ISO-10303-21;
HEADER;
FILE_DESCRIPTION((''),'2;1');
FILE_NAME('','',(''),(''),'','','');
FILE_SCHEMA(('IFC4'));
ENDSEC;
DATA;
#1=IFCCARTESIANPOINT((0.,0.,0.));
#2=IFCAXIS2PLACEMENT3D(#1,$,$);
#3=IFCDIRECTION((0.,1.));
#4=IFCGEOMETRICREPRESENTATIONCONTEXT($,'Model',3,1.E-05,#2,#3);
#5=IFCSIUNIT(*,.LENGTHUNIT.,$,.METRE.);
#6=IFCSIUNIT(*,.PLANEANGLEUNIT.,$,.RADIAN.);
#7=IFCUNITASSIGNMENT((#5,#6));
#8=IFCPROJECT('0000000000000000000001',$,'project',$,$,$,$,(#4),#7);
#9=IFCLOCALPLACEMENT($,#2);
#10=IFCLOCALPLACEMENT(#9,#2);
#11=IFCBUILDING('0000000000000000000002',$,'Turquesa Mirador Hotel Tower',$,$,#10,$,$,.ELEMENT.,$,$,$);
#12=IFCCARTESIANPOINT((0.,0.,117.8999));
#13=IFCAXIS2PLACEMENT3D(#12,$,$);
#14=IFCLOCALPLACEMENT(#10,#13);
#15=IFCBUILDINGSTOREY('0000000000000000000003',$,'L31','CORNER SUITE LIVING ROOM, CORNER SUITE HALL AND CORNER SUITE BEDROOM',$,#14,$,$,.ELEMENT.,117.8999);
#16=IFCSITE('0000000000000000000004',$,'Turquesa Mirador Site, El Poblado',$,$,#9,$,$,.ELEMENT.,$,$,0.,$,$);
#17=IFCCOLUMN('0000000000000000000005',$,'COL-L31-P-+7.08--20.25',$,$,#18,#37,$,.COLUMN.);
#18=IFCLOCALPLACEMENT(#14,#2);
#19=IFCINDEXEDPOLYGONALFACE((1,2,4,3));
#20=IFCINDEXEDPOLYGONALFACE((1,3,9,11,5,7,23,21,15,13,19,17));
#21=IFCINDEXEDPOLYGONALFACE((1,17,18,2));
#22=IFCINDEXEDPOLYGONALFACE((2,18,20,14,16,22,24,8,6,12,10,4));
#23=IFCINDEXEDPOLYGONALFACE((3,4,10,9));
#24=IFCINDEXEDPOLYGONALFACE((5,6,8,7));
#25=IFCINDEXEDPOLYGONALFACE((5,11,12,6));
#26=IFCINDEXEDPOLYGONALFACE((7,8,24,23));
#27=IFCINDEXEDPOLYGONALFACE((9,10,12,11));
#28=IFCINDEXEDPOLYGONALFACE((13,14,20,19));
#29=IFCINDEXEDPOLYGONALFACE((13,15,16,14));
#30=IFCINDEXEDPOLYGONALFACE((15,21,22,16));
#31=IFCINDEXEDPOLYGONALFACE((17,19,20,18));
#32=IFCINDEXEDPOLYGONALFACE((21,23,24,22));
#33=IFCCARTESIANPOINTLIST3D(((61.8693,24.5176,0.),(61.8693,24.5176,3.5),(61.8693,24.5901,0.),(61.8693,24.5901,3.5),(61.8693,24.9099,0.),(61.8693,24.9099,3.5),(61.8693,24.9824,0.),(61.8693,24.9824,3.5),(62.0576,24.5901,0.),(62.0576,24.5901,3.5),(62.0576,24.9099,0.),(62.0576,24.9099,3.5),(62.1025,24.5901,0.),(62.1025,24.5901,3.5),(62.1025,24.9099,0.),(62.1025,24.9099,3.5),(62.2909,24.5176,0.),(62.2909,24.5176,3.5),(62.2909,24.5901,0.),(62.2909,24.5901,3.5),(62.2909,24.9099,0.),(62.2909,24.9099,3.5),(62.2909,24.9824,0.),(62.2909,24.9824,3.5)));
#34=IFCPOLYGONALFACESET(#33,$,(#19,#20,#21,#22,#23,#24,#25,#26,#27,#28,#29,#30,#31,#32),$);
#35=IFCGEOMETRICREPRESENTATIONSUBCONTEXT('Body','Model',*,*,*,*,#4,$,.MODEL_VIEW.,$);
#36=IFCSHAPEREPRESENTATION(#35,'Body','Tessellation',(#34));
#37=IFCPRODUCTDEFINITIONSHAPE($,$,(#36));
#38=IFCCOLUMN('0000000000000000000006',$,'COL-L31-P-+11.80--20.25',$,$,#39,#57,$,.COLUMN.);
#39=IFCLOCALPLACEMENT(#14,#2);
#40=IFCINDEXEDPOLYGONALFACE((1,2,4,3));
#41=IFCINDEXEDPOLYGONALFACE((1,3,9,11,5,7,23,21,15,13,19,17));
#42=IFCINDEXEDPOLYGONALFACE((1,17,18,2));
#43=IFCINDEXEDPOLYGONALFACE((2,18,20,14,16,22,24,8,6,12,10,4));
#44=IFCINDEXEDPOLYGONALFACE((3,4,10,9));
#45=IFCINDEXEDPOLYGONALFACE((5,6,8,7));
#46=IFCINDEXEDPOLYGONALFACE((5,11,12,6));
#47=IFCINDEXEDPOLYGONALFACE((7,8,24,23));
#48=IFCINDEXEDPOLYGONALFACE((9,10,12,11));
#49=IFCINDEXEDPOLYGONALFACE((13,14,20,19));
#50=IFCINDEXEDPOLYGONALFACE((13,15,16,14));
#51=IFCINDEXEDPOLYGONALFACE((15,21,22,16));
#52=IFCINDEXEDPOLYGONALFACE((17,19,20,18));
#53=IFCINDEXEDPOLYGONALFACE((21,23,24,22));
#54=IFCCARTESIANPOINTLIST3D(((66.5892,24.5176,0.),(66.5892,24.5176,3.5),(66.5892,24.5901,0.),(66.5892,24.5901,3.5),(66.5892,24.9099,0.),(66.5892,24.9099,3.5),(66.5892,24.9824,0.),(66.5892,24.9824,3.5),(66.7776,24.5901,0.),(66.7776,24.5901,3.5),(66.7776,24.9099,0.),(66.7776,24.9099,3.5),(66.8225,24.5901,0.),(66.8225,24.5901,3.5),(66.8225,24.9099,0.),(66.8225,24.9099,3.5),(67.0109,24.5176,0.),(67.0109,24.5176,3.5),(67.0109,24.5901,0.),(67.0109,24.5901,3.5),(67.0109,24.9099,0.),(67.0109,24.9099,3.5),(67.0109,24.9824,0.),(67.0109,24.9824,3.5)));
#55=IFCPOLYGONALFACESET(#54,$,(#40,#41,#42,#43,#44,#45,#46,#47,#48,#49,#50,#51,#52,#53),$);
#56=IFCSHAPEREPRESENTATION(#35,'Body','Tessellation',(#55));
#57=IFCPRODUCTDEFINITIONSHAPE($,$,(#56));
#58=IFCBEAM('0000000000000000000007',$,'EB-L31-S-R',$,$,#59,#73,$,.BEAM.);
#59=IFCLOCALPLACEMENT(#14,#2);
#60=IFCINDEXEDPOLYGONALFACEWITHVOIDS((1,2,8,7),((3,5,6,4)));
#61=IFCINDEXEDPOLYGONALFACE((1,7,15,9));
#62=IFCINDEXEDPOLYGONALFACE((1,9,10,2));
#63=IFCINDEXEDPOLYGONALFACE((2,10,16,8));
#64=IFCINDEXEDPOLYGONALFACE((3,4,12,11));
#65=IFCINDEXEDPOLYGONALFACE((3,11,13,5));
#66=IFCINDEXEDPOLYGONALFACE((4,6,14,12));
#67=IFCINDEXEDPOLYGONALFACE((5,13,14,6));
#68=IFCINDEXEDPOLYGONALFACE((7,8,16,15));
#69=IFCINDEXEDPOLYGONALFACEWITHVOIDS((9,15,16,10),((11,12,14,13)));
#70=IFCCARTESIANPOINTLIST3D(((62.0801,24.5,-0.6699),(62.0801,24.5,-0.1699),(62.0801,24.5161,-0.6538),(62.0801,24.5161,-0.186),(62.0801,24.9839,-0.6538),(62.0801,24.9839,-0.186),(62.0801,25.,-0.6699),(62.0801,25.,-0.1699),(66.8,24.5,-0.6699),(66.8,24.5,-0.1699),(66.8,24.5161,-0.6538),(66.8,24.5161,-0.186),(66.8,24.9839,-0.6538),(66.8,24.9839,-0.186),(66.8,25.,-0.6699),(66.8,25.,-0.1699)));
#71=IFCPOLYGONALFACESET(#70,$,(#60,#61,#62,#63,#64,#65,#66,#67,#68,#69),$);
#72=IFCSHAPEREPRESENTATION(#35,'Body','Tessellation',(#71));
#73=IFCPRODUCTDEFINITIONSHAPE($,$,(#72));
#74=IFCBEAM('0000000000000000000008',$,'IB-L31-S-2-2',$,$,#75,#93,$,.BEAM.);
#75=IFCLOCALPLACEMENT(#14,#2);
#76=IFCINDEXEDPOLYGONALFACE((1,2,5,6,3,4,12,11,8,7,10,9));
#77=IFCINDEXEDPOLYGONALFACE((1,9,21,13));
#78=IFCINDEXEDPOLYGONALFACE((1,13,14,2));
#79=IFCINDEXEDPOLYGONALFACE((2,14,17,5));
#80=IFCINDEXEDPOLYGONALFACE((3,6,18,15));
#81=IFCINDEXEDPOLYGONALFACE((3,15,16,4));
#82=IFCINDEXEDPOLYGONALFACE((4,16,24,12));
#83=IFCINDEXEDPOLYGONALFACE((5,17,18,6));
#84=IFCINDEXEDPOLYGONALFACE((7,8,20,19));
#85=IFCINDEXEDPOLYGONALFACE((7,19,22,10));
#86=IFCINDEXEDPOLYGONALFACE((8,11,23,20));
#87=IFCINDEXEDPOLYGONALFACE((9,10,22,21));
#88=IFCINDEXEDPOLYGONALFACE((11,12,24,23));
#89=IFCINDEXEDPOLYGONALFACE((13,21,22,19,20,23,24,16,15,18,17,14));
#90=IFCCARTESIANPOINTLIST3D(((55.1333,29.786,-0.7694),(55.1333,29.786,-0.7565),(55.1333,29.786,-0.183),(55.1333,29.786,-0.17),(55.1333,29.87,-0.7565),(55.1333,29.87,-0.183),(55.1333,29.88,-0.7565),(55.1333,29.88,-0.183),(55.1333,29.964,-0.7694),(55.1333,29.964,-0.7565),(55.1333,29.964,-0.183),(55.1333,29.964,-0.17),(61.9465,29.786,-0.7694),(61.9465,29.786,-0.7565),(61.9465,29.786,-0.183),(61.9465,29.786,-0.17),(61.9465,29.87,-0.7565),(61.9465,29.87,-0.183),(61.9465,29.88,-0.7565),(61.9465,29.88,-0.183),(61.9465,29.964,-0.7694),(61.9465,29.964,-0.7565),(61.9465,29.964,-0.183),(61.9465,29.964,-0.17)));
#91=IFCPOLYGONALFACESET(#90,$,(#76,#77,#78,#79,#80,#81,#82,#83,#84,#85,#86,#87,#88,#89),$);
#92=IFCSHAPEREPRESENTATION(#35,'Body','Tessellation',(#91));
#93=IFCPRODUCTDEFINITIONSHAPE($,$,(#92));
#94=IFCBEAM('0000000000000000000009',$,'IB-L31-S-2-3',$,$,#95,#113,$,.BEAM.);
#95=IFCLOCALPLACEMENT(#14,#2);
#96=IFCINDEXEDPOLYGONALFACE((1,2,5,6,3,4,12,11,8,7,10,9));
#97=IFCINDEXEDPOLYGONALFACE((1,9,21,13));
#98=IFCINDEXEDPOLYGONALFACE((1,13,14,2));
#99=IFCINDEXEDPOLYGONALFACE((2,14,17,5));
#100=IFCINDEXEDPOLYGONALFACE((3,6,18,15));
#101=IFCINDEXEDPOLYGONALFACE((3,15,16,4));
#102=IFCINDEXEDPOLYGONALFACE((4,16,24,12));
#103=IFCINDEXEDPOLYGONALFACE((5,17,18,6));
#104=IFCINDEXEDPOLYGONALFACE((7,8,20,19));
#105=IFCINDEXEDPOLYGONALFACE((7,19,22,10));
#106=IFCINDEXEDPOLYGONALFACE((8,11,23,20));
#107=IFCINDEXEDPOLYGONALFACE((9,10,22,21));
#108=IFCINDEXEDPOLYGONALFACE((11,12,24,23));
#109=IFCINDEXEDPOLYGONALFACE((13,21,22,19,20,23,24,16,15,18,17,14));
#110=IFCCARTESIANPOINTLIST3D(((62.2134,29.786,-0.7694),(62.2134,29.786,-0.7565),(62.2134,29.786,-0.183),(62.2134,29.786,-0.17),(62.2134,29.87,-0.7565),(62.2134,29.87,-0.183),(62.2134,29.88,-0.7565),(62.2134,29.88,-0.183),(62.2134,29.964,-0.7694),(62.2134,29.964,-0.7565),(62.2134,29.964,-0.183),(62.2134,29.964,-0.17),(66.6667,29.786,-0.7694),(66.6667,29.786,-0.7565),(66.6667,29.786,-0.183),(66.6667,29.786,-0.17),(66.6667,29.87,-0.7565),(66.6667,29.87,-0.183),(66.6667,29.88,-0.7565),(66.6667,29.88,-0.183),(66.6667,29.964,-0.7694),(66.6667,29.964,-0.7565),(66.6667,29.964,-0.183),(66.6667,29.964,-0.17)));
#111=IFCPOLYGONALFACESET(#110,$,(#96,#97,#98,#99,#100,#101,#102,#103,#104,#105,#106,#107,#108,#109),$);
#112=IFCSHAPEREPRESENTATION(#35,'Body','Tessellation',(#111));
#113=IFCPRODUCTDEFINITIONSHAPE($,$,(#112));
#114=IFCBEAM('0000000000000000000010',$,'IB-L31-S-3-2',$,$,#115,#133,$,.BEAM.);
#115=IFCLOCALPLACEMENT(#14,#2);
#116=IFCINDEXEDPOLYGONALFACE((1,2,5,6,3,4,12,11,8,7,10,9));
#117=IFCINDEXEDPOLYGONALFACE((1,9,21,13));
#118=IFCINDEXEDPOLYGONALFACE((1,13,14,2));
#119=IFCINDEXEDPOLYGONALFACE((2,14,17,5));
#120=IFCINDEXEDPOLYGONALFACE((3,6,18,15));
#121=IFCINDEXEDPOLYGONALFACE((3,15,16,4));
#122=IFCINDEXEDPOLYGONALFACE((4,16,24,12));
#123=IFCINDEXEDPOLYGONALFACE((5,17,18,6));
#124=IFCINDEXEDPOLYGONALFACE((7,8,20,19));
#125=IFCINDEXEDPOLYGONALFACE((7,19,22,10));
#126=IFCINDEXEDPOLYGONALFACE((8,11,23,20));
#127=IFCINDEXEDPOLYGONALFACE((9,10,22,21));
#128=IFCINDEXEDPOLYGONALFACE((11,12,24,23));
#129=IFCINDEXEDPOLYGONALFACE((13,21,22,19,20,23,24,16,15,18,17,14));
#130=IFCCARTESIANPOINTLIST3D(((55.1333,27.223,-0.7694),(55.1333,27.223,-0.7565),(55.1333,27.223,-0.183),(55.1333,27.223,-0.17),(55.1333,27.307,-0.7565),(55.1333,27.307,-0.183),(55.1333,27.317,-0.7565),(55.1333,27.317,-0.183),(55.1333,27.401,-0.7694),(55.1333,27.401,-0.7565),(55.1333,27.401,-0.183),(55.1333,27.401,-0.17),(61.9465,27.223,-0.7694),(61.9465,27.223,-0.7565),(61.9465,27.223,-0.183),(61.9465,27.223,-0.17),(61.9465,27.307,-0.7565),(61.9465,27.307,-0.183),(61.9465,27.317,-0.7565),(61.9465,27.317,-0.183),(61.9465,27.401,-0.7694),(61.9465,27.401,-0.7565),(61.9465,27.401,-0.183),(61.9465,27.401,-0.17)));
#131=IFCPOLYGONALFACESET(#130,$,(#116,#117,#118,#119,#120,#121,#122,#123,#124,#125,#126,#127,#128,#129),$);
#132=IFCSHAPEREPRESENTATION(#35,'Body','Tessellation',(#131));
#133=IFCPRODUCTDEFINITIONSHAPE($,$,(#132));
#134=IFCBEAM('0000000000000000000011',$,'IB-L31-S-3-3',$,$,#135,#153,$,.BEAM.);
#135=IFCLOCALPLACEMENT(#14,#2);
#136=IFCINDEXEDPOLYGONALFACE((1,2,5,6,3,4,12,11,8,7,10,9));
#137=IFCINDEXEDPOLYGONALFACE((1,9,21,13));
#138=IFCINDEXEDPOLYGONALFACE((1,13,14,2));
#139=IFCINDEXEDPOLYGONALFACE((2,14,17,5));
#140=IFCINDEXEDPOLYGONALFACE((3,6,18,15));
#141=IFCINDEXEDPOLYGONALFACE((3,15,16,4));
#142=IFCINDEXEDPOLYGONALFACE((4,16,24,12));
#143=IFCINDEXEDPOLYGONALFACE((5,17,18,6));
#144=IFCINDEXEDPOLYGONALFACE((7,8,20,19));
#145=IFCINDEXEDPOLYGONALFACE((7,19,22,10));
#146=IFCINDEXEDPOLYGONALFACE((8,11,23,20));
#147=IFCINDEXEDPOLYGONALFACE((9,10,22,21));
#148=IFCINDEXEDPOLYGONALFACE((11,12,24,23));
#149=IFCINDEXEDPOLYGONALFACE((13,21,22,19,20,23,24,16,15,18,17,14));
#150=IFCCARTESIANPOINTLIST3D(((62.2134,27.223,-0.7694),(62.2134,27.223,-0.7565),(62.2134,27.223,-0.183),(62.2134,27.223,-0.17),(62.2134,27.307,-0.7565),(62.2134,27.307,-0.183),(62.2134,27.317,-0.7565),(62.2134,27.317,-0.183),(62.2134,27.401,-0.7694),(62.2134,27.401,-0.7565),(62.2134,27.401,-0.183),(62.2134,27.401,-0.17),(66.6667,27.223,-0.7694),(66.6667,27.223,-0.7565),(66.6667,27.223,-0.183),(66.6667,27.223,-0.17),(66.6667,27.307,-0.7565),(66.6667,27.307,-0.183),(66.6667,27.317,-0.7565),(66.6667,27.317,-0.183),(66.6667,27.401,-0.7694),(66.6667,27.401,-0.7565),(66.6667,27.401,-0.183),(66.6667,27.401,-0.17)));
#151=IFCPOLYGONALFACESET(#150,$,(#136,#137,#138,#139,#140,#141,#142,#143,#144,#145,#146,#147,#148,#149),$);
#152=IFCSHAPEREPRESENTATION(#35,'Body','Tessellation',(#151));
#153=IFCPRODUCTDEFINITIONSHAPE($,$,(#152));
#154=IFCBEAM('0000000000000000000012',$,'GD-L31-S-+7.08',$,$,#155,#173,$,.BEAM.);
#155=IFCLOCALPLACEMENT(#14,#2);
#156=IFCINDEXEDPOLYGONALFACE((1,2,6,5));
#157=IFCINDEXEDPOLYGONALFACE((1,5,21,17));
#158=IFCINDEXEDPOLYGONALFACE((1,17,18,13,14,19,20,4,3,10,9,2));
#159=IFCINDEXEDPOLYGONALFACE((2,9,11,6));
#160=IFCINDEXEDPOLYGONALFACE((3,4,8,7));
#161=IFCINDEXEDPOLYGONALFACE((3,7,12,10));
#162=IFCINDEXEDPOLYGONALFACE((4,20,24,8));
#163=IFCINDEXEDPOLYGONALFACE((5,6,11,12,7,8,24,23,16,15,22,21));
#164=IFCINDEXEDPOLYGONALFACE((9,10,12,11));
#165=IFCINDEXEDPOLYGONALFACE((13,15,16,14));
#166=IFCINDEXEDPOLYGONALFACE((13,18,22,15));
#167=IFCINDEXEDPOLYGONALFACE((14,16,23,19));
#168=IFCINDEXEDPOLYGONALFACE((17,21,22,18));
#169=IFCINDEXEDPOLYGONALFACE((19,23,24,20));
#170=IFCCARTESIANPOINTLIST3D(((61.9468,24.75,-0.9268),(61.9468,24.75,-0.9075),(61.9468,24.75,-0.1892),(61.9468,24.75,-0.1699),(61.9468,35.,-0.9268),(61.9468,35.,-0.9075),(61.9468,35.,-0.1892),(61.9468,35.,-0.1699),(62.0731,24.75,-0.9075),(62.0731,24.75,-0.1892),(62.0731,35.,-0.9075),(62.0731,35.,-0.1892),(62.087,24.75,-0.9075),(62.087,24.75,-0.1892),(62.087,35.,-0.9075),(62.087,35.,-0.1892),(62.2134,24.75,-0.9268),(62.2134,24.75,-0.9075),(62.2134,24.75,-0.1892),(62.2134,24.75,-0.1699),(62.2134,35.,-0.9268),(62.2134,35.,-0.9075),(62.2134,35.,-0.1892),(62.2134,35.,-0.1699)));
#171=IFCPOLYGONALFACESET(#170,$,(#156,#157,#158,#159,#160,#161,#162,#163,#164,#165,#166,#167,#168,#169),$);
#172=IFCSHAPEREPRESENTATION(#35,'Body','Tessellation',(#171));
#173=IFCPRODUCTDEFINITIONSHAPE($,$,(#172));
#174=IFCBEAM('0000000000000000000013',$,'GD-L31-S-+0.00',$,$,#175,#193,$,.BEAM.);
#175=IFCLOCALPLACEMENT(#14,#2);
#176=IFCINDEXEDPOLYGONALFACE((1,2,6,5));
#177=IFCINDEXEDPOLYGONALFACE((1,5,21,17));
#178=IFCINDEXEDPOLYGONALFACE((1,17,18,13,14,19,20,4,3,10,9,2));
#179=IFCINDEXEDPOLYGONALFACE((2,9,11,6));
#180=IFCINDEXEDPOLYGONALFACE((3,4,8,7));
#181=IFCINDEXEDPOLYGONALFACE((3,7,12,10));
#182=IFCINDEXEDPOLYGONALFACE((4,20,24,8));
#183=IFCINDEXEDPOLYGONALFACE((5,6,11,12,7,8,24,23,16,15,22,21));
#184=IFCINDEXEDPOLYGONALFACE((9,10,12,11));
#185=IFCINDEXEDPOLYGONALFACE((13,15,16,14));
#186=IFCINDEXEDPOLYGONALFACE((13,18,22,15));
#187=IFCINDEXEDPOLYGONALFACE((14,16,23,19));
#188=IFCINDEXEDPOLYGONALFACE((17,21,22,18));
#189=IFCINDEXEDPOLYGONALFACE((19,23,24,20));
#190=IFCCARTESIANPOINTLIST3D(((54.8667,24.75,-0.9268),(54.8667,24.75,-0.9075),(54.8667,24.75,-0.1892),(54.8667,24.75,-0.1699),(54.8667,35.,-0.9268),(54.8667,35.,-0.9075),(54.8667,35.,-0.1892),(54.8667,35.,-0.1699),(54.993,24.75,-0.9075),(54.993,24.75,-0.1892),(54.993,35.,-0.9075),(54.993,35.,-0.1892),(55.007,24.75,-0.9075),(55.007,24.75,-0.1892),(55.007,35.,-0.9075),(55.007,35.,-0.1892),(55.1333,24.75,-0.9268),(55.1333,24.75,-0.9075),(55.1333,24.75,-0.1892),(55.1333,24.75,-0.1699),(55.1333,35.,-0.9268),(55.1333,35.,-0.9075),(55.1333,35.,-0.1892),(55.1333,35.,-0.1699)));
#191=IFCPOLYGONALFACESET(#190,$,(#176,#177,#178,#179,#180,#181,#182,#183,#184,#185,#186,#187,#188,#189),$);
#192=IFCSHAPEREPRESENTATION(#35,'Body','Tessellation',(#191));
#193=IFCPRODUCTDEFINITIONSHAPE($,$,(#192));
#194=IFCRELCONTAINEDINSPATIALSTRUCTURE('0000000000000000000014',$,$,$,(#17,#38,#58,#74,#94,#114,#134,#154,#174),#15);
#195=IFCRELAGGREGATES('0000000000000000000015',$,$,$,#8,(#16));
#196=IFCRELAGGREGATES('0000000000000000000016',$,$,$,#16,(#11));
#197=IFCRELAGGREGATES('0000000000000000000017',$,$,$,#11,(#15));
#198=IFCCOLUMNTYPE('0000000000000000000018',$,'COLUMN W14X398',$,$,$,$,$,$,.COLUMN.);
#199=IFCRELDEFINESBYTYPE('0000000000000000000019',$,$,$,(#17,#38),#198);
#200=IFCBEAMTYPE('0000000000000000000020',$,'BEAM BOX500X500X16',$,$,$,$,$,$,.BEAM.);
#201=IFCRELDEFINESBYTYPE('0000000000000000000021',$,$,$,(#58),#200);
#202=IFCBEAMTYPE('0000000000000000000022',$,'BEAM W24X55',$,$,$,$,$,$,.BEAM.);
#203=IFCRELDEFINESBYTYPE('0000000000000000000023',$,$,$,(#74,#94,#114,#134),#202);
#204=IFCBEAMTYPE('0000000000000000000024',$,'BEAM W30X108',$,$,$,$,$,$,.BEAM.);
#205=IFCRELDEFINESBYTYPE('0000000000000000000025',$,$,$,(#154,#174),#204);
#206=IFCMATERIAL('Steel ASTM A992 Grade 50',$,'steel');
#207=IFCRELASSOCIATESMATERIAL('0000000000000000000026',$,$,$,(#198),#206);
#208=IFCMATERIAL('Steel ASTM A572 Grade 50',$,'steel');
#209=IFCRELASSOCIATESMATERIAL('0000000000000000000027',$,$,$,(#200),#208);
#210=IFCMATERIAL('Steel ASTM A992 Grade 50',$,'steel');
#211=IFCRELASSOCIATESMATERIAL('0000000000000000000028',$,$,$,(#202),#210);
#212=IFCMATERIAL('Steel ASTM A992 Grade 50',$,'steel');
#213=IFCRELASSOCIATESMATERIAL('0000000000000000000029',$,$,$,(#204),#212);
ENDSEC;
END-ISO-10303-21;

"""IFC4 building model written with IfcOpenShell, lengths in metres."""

from ifc_helpers import new_model, si_unit, direction, frame, origin, origin_2d, place, context, subcontext, project, spatial, hollow_rectangle, i_section, extrude, material, material_profile, profile_set, type_object, element, save


model = new_model("IFC4")

# Units and contexts
model_context = context("Model", 3, precision=1e-05, world=origin(), true_north=direction((0.0, 1.0)))
body_context = subcontext(model_context, "Body", "Model", "MODEL_VIEW")
ifc_project = project(units=[si_unit("LENGTHUNIT", "METRE"), si_unit("PLANEANGLEUNIT", "RADIAN")], contexts=[model_context])

# Site, building, storey
site_placement = place(None, origin())
site = spatial("IfcSite", under=ifc_project, at=site_placement, Name="Turquesa Mirador Site, El Poblado", CompositionType="ELEMENT", RefElevation=0.0)
building_placement = place(site_placement, origin())
building = spatial("IfcBuilding", under=site, at=building_placement, Name="Turquesa Mirador Hotel Tower", CompositionType="ELEMENT")
storey_placement = place(building_placement, frame((0.0, 0.0, 117.8999)))
storey = spatial("IfcBuildingStorey", under=building, at=storey_placement, Name="L31", Description="CORNER SUITE LIVING ROOM, CORNER SUITE HALL AND CORNER SUITE BEDROOM", CompositionType="ELEMENT", Elevation=117.8999)

# Columns
ifc_material_1 = material(Name="Steel ASTM A992 Grade 50", Category="steel")
ifc_material_profile_1 = material_profile(ifc_material_1, i_section(OverallWidth=0.4216, OverallDepth=0.4648, WebThickness=0.0449, FlangeThickness=0.0725, at=origin_2d()), Name="W14X398")
ifc_profile_set_1 = profile_set([ifc_material_profile_1], Name="Steel ASTM A992 Grade 50")
column_type = type_object("IfcColumnType", Name="COLUMN W14X398", PredefinedType="COLUMN", material=ifc_profile_set_1)
for number, where, z_axis, x_axis, name in (
    (1, (62.0801, 24.75, 0.0), (0.0, 0.0, 1.0), (1.0, 0.0, 0.0), "COL-L31-P-+7.08--20.25"),
    (2, (66.8, 24.75, 0.0), (0.0, 0.0, 1.0), (1.0, 0.0, 0.0), "COL-L31-P-+11.80--20.25"),
):
    element("IfcColumn", number, at=place(storey_placement, frame(where, z_axis=z_axis, x_axis=x_axis)), inside=storey, type_object=column_type, Name=name, PredefinedType="COLUMN", context=body_context, shape_type="SweptSolid", body=[
        extrude(i_section(OverallWidth=0.4216, OverallDepth=0.4648, WebThickness=0.0449, FlangeThickness=0.0725, at=origin_2d()), origin(), (0.0, 0.0, 1.0), 3.5),
    ])

# Beams
ifc_material_2 = material(Name="Steel ASTM A572 Grade 50", Category="steel")
ifc_material_profile_2 = material_profile(ifc_material_2, hollow_rectangle(XDim=0.5, YDim=0.5, WallThickness=0.0161, at=origin_2d()), Name="BOX500X500X16")
ifc_profile_set_2 = profile_set([ifc_material_profile_2], Name="Steel ASTM A572 Grade 50")
beam_type_1 = type_object("IfcBeamType", Name="BEAM BOX500X500X16", PredefinedType="BEAM", material=ifc_profile_set_2)
beam_1_placement = place(storey_placement, frame((62.0801, 24.75, -0.4199), z_axis=(1.0, 0.0, 0.0), x_axis=(0.0, 1.0, 0.0)))
element("IfcBeam", 3, at=beam_1_placement, inside=storey, type_object=beam_type_1, Name="EB-L31-S-R", PredefinedType="BEAM", context=body_context, shape_type="SweptSolid", body=[
    extrude(hollow_rectangle(XDim=0.5, YDim=0.5, WallThickness=0.0161, at=origin_2d()), origin(), (0.0, 0.0, 1.0), 4.72),
])
ifc_material_3 = material(Name="Steel ASTM A992 Grade 50", Category="steel")
ifc_material_profile_3 = material_profile(ifc_material_3, i_section(OverallWidth=0.178, OverallDepth=0.5994, WebThickness=0.01, FlangeThickness=0.0129, at=origin_2d()), Name="W24X55")
ifc_profile_set_3 = profile_set([ifc_material_profile_3], Name="Steel ASTM A992 Grade 50")
beam_type_2 = type_object("IfcBeamType", Name="BEAM W24X55", PredefinedType="BEAM", material=ifc_profile_set_3)
beam_2_placement = place(storey_placement, frame((55.1333, 29.875, -0.4697), z_axis=(1.0, 0.0, 0.0), x_axis=(0.0, 1.0, 0.0)))
element("IfcBeam", 4, at=beam_2_placement, inside=storey, type_object=beam_type_2, Name="IB-L31-S-2-2", PredefinedType="BEAM", context=body_context, shape_type="SweptSolid", body=[
    extrude(i_section(OverallWidth=0.178, OverallDepth=0.5994, WebThickness=0.01, FlangeThickness=0.0129, at=origin_2d()), origin(), (0.0, 0.0, 1.0), 6.8132),
])
beam_3_placement = place(storey_placement, frame((62.2134, 29.875, -0.4697), z_axis=(1.0, 0.0, 0.0), x_axis=(0.0, 1.0, 0.0)))
element("IfcBeam", 5, at=beam_3_placement, inside=storey, type_object=beam_type_2, Name="IB-L31-S-2-3", PredefinedType="BEAM", context=body_context, shape_type="SweptSolid", body=[
    extrude(i_section(OverallWidth=0.178, OverallDepth=0.5994, WebThickness=0.01, FlangeThickness=0.0129, at=origin_2d()), origin(), (0.0, 0.0, 1.0), 4.4534),
])
beam_4_placement = place(storey_placement, frame((55.1333, 27.312, -0.4697), z_axis=(1.0, 0.0, 0.0), x_axis=(0.0, 1.0, 0.0)))
element("IfcBeam", 6, at=beam_4_placement, inside=storey, type_object=beam_type_2, Name="IB-L31-S-3-2", PredefinedType="BEAM", context=body_context, shape_type="SweptSolid", body=[
    extrude(i_section(OverallWidth=0.178, OverallDepth=0.5994, WebThickness=0.01, FlangeThickness=0.0129, at=origin_2d()), origin(), (0.0, 0.0, 1.0), 6.8132),
])
beam_5_placement = place(storey_placement, frame((62.2134, 27.312, -0.4697), z_axis=(1.0, 0.0, 0.0), x_axis=(0.0, 1.0, 0.0)))
element("IfcBeam", 7, at=beam_5_placement, inside=storey, type_object=beam_type_2, Name="IB-L31-S-3-3", PredefinedType="BEAM", context=body_context, shape_type="SweptSolid", body=[
    extrude(i_section(OverallWidth=0.178, OverallDepth=0.5994, WebThickness=0.01, FlangeThickness=0.0129, at=origin_2d()), origin(), (0.0, 0.0, 1.0), 4.4534),
])
ifc_material_4 = material(Name="Steel ASTM A992 Grade 50", Category="steel")
ifc_material_profile_4 = material_profile(ifc_material_4, i_section(OverallWidth=0.2666, OverallDepth=0.7568, WebThickness=0.0139, FlangeThickness=0.0193, at=origin_2d()), Name="W30X108")
ifc_profile_set_4 = profile_set([ifc_material_profile_4], Name="Steel ASTM A992 Grade 50")
beam_type_3 = type_object("IfcBeamType", Name="BEAM W30X108", PredefinedType="BEAM", material=ifc_profile_set_4)
for number, where, z_axis, x_axis, name in (
    (8, (62.0801, 24.75, -0.5483), (0.0, 1.0, 0.0), (-1.0, 0.0, 0.0), "GD-L31-S-+7.08"),
    (9, (55.0, 24.75, -0.5483), (0.0, 1.0, 0.0), (-1.0, 0.0, 0.0), "GD-L31-S-+0.00"),
):
    element("IfcBeam", number, at=place(storey_placement, frame(where, z_axis=z_axis, x_axis=x_axis)), inside=storey, type_object=beam_type_3, Name=name, PredefinedType="BEAM", context=body_context, shape_type="SweptSolid", body=[
        extrude(i_section(OverallWidth=0.2666, OverallDepth=0.7568, WebThickness=0.0139, FlangeThickness=0.0193, at=origin_2d()), origin(), (0.0, 0.0, 1.0), 10.25),
    ])

save(model, "model.ifc")
